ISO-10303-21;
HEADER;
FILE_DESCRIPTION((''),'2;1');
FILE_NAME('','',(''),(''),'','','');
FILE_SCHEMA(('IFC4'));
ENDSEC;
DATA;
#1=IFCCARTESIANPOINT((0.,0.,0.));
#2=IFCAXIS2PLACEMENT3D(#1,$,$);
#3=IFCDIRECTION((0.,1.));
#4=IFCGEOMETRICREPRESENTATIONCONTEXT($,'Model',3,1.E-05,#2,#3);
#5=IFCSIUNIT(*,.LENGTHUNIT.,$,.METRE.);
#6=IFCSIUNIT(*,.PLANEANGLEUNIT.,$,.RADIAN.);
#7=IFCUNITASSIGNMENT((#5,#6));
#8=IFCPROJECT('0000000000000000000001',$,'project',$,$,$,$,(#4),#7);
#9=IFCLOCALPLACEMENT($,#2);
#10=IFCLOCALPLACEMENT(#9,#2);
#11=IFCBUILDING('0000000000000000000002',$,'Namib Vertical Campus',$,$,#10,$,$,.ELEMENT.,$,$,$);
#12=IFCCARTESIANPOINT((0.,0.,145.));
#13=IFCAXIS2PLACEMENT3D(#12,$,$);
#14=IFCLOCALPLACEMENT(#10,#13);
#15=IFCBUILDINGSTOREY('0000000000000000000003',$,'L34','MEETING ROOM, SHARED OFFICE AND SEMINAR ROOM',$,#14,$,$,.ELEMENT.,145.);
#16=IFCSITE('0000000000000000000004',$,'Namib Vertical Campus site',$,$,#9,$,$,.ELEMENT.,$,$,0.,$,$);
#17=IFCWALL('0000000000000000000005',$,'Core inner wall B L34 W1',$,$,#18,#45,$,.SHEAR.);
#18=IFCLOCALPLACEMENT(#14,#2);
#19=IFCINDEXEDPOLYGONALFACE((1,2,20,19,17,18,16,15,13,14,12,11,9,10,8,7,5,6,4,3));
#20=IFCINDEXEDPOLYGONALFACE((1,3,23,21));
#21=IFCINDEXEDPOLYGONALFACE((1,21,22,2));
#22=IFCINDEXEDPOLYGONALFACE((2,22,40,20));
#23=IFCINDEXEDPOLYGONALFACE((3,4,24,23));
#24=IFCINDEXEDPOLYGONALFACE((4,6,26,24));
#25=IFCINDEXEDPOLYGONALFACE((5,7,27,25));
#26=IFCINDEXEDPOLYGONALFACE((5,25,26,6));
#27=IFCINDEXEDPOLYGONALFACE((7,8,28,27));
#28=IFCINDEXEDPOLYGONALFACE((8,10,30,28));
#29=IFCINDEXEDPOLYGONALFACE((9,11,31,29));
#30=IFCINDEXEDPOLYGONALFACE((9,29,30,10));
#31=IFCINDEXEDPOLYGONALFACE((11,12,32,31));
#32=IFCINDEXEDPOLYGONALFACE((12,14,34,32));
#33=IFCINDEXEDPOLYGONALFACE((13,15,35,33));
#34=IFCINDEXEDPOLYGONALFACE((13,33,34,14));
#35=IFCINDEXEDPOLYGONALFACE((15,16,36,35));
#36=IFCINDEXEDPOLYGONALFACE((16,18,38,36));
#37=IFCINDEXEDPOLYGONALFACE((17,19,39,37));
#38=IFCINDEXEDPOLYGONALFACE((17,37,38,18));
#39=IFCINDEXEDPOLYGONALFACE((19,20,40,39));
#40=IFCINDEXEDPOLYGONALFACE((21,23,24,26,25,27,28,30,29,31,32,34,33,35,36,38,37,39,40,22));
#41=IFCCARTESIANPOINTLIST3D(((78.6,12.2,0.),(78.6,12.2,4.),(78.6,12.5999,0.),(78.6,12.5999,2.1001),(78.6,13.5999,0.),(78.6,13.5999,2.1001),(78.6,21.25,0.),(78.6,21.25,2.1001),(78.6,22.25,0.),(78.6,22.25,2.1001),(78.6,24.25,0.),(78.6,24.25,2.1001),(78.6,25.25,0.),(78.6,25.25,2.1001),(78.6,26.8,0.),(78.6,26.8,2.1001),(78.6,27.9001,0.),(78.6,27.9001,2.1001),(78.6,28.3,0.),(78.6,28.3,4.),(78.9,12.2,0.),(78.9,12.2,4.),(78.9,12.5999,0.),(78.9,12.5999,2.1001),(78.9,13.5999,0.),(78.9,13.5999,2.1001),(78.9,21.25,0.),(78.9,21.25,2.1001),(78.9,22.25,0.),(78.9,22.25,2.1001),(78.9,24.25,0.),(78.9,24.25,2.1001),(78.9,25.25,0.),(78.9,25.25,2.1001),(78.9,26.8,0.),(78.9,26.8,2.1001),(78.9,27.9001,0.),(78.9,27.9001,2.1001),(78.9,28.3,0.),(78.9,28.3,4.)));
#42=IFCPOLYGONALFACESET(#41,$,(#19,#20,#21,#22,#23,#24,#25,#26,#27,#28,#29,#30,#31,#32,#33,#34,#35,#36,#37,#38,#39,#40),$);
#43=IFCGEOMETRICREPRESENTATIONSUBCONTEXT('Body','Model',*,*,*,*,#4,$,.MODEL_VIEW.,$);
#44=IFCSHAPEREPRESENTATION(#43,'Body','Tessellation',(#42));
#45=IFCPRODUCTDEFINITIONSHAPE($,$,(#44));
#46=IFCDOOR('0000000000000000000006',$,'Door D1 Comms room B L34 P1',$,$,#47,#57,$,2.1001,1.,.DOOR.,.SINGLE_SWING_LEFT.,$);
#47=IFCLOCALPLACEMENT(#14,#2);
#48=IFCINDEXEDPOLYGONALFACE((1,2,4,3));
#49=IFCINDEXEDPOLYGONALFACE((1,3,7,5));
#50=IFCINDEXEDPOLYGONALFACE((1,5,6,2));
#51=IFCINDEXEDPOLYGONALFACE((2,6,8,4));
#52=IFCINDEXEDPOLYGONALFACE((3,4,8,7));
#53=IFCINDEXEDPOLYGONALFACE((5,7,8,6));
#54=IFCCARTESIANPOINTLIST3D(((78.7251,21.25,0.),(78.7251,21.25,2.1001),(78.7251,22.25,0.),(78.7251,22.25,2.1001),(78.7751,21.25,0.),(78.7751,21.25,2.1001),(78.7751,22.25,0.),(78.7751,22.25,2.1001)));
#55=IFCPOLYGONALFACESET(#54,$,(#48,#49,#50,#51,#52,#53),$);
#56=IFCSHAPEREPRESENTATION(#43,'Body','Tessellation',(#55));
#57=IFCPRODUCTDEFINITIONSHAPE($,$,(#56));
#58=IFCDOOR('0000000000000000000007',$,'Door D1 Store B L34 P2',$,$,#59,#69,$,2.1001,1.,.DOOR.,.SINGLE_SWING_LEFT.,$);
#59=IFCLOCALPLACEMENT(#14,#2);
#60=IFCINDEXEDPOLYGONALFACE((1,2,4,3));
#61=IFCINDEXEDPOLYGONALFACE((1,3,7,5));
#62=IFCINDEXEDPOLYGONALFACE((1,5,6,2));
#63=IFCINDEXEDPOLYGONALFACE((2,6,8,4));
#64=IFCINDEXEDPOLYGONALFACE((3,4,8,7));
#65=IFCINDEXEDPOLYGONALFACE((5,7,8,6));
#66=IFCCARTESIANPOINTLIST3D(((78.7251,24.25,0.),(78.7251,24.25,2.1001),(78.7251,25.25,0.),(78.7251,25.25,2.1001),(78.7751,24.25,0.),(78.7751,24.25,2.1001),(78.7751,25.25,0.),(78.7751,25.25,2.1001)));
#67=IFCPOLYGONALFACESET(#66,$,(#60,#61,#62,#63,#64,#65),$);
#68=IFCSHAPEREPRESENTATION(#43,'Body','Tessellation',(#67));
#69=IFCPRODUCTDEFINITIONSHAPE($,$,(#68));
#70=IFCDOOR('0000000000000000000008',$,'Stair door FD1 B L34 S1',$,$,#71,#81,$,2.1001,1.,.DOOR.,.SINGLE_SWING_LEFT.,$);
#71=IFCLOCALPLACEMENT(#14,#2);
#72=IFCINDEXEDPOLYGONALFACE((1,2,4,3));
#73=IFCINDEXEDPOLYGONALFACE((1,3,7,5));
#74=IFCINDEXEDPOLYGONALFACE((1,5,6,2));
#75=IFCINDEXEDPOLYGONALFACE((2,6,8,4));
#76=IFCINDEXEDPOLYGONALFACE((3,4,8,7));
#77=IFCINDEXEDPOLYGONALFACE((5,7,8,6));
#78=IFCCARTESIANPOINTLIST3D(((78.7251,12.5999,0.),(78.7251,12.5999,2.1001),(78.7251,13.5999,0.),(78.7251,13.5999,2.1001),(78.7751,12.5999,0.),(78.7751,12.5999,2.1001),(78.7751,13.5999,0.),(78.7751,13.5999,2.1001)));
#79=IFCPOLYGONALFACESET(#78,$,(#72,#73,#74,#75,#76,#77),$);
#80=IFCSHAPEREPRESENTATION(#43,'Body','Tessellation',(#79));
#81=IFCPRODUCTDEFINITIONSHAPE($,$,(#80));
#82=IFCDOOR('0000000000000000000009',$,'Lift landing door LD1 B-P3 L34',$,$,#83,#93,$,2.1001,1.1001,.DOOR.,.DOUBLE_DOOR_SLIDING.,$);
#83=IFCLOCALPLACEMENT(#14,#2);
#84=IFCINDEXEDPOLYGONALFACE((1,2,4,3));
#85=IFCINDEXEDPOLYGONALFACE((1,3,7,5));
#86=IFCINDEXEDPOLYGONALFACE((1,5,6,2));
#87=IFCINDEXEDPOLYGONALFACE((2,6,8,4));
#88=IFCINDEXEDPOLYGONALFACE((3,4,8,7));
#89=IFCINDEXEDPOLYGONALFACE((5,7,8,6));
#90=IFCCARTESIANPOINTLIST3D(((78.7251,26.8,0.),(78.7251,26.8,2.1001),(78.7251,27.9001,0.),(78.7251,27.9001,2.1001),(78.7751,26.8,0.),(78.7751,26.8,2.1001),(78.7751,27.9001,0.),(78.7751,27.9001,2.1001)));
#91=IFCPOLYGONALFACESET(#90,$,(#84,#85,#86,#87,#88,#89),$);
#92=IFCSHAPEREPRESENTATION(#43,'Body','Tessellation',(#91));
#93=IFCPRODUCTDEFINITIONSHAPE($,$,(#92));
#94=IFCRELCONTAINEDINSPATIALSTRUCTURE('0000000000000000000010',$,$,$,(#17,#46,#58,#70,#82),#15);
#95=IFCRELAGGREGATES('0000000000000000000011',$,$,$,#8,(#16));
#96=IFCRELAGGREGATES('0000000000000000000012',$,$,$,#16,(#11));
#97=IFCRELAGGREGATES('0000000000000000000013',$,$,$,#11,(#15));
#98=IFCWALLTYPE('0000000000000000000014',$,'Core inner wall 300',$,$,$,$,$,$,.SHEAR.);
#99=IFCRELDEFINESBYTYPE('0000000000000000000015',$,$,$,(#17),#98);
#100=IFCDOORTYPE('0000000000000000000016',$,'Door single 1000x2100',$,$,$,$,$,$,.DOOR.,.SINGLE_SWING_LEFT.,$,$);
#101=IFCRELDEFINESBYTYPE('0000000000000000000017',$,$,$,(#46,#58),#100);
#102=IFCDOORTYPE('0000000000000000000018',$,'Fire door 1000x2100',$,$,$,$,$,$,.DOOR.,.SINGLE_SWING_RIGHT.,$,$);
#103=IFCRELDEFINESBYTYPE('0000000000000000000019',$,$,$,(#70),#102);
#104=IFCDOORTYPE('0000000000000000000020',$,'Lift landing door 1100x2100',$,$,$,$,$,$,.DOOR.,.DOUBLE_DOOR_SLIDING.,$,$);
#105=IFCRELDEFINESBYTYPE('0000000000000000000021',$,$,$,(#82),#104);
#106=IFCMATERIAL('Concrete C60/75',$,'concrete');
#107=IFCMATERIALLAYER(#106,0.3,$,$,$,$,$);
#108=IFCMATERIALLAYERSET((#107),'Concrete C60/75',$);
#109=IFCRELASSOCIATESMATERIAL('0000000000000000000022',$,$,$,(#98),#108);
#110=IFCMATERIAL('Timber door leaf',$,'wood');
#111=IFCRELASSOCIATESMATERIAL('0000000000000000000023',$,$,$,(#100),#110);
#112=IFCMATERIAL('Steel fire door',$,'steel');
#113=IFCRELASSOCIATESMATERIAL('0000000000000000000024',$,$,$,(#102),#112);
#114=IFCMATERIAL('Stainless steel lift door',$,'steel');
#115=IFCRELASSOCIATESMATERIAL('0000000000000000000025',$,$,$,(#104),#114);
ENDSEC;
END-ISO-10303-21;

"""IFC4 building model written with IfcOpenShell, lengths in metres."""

from ifc_helpers import new_model, si_unit, direction, frame, frame_2d, origin, place, context, subcontext, project, spatial, rectangle, extrude, material, layer, layer_set, type_object, element, fill, save


model = new_model("IFC4")

# Units and contexts
model_context = context("Model", 3, precision=1e-05, world=origin(), true_north=direction((0.0, 1.0)))
body_context = subcontext(model_context, "Body", "Model", "MODEL_VIEW")
ifc_project = project(units=[si_unit("LENGTHUNIT", "METRE"), si_unit("PLANEANGLEUNIT", "RADIAN")], contexts=[model_context])

# Site, building, storey
site_placement = place(None, origin())
site = spatial("IfcSite", under=ifc_project, at=site_placement, Name="Namib Vertical Campus site", CompositionType="ELEMENT", RefElevation=0.0)
building_placement = place(site_placement, origin())
building = spatial("IfcBuilding", under=site, at=building_placement, Name="Namib Vertical Campus", CompositionType="ELEMENT")
storey_placement = place(building_placement, frame((0.0, 0.0, 145.0)))
storey = spatial("IfcBuildingStorey", under=building, at=storey_placement, Name="L34", Description="MEETING ROOM, SHARED OFFICE AND SEMINAR ROOM", CompositionType="ELEMENT", Elevation=145.0)

# Wall, openings, doors
ifc_material_1 = material(Name="Concrete C60/75", Category="concrete")
ifc_layer_1 = layer(ifc_material_1, 0.3)
ifc_layer_set_1 = layer_set([ifc_layer_1], Name="Concrete C60/75")
wall_type_1 = type_object("IfcWallType", Name="Core inner wall 300", PredefinedType="SHEAR", material=ifc_layer_set_1)
wall_1_placement = place(storey_placement, frame((78.75, 12.2, 0.0), z_axis=(0.0, 0.0, 1.0), x_axis=(0.0, 1.0, 0.0)))
wall_1 = element("IfcWall", 1, at=wall_1_placement, inside=storey, type_object=wall_type_1, Name="Core inner wall B L34 W1", PredefinedType="SHEAR", context=body_context, shape_type="SweptSolid", body=[
    extrude(rectangle(XDim=16.1001, YDim=0.3, at=frame_2d((8.05, 0.0))), origin(), (0.0, 0.0, 1.0), 4.0),
])
opening_1_placement = place(wall_1_placement, frame((0.3999, 0.0, 0.0)))
opening_1 = element("IfcOpeningElement", 2, at=opening_1_placement, cuts=wall_1, PredefinedType="OPENING", context=body_context, shape_type="SweptSolid", body=[
    extrude(rectangle(XDim=1.0, YDim=2.1001, at=frame_2d((0.5, 1.05))), frame((0.0, 0.1599, 0.0), z_axis=(0.0, -1.0, 0.0), x_axis=(1.0, 0.0, 0.0)), (0.0, 0.0, 1.0), 0.3201),
])
opening_2_placement = place(wall_1_placement, frame((14.6001, 0.0, 0.0)))
opening_2 = element("IfcOpeningElement", 3, at=opening_2_placement, cuts=wall_1, PredefinedType="OPENING", context=body_context, shape_type="SweptSolid", body=[
    extrude(rectangle(XDim=1.1001, YDim=2.1001, at=frame_2d((0.55, 1.05))), frame((0.0, 0.1599, 0.0), z_axis=(0.0, -1.0, 0.0), x_axis=(1.0, 0.0, 0.0)), (0.0, 0.0, 1.0), 0.3201),
])
opening_3_placement = place(wall_1_placement, frame((9.05, 0.0, 0.0)))
opening_3 = element("IfcOpeningElement", 4, at=opening_3_placement, cuts=wall_1, PredefinedType="OPENING", context=body_context, shape_type="SweptSolid", body=[
    extrude(rectangle(XDim=1.0, YDim=2.1001, at=frame_2d((0.5, 1.05))), frame((0.0, 0.1599, 0.0), z_axis=(0.0, -1.0, 0.0), x_axis=(1.0, 0.0, 0.0)), (0.0, 0.0, 1.0), 0.3201),
])
opening_4_placement = place(wall_1_placement, frame((12.05, 0.0, 0.0)))
opening_4 = element("IfcOpeningElement", 5, at=opening_4_placement, cuts=wall_1, PredefinedType="OPENING", context=body_context, shape_type="SweptSolid", body=[
    extrude(rectangle(XDim=1.0, YDim=2.1001, at=frame_2d((0.5, 1.05))), frame((0.0, 0.1599, 0.0), z_axis=(0.0, -1.0, 0.0), x_axis=(1.0, 0.0, 0.0)), (0.0, 0.0, 1.0), 0.3201),
])
ifc_material_2 = material(Name="Timber door leaf", Category="wood")
door_type_1 = type_object("IfcDoorType", Name="Door single 1000x2100", OperationType="SINGLE_SWING_LEFT", PredefinedType="DOOR", material=ifc_material_2)
door_1_placement = place(opening_3_placement, origin())
door_1 = element("IfcDoor", 6, at=door_1_placement, inside=storey, type_object=door_type_1, Name="Door D1 Comms room B L34 P1", OperationType="SINGLE_SWING_LEFT", OverallHeight=2.1001, OverallWidth=1.0, PredefinedType="DOOR", context=body_context, shape_type="SweptSolid", body=[
    extrude(rectangle(XDim=1.0, YDim=2.1001, at=frame_2d((0.5, 1.05))), frame((0.0, 0.0249, 0.0), z_axis=(0.0, -1.0, 0.0), x_axis=(1.0, 0.0, 0.0)), (0.0, 0.0, 1.0), 0.05),
])
fill(opening_3, door_1)
door_2_placement = place(opening_4_placement, origin())
door_2 = element("IfcDoor", 7, at=door_2_placement, inside=storey, type_object=door_type_1, Name="Door D1 Store B L34 P2", OperationType="SINGLE_SWING_LEFT", OverallHeight=2.1001, OverallWidth=1.0, PredefinedType="DOOR", context=body_context, shape_type="SweptSolid", body=[
    extrude(rectangle(XDim=1.0, YDim=2.1001, at=frame_2d((0.5, 1.05))), frame((0.0, 0.0249, 0.0), z_axis=(0.0, -1.0, 0.0), x_axis=(1.0, 0.0, 0.0)), (0.0, 0.0, 1.0), 0.05),
])
fill(opening_4, door_2)
ifc_material_3 = material(Name="Steel fire door", Category="steel")
door_type_2 = type_object("IfcDoorType", Name="Fire door 1000x2100", OperationType="SINGLE_SWING_RIGHT", PredefinedType="DOOR", material=ifc_material_3)
door_3_placement = place(opening_1_placement, origin())
door_3 = element("IfcDoor", 8, at=door_3_placement, inside=storey, type_object=door_type_2, Name="Stair door FD1 B L34 S1", OperationType="SINGLE_SWING_LEFT", OverallHeight=2.1001, OverallWidth=1.0, PredefinedType="DOOR", context=body_context, shape_type="SweptSolid", body=[
    extrude(rectangle(XDim=1.0, YDim=2.1001, at=frame_2d((0.5, 1.05))), frame((0.0, 0.0249, 0.0), z_axis=(0.0, -1.0, 0.0), x_axis=(1.0, 0.0, 0.0)), (0.0, 0.0, 1.0), 0.05),
])
fill(opening_1, door_3)
ifc_material_4 = material(Name="Stainless steel lift door", Category="steel")
door_type_3 = type_object("IfcDoorType", Name="Lift landing door 1100x2100", OperationType="DOUBLE_DOOR_SLIDING", PredefinedType="DOOR", material=ifc_material_4)
door_4_placement = place(opening_2_placement, origin())
door_4 = element("IfcDoor", 9, at=door_4_placement, inside=storey, type_object=door_type_3, Name="Lift landing door LD1 B-P3 L34", OperationType="DOUBLE_DOOR_SLIDING", OverallHeight=2.1001, OverallWidth=1.1001, PredefinedType="DOOR", context=body_context, shape_type="SweptSolid", body=[
    extrude(rectangle(XDim=1.1001, YDim=2.1001, at=frame_2d((0.55, 1.05))), frame((0.0, 0.0249, 0.0), z_axis=(0.0, -1.0, 0.0), x_axis=(1.0, 0.0, 0.0)), (0.0, 0.0, 1.0), 0.05),
])
fill(opening_2, door_4)

save(model, "model.ifc")
